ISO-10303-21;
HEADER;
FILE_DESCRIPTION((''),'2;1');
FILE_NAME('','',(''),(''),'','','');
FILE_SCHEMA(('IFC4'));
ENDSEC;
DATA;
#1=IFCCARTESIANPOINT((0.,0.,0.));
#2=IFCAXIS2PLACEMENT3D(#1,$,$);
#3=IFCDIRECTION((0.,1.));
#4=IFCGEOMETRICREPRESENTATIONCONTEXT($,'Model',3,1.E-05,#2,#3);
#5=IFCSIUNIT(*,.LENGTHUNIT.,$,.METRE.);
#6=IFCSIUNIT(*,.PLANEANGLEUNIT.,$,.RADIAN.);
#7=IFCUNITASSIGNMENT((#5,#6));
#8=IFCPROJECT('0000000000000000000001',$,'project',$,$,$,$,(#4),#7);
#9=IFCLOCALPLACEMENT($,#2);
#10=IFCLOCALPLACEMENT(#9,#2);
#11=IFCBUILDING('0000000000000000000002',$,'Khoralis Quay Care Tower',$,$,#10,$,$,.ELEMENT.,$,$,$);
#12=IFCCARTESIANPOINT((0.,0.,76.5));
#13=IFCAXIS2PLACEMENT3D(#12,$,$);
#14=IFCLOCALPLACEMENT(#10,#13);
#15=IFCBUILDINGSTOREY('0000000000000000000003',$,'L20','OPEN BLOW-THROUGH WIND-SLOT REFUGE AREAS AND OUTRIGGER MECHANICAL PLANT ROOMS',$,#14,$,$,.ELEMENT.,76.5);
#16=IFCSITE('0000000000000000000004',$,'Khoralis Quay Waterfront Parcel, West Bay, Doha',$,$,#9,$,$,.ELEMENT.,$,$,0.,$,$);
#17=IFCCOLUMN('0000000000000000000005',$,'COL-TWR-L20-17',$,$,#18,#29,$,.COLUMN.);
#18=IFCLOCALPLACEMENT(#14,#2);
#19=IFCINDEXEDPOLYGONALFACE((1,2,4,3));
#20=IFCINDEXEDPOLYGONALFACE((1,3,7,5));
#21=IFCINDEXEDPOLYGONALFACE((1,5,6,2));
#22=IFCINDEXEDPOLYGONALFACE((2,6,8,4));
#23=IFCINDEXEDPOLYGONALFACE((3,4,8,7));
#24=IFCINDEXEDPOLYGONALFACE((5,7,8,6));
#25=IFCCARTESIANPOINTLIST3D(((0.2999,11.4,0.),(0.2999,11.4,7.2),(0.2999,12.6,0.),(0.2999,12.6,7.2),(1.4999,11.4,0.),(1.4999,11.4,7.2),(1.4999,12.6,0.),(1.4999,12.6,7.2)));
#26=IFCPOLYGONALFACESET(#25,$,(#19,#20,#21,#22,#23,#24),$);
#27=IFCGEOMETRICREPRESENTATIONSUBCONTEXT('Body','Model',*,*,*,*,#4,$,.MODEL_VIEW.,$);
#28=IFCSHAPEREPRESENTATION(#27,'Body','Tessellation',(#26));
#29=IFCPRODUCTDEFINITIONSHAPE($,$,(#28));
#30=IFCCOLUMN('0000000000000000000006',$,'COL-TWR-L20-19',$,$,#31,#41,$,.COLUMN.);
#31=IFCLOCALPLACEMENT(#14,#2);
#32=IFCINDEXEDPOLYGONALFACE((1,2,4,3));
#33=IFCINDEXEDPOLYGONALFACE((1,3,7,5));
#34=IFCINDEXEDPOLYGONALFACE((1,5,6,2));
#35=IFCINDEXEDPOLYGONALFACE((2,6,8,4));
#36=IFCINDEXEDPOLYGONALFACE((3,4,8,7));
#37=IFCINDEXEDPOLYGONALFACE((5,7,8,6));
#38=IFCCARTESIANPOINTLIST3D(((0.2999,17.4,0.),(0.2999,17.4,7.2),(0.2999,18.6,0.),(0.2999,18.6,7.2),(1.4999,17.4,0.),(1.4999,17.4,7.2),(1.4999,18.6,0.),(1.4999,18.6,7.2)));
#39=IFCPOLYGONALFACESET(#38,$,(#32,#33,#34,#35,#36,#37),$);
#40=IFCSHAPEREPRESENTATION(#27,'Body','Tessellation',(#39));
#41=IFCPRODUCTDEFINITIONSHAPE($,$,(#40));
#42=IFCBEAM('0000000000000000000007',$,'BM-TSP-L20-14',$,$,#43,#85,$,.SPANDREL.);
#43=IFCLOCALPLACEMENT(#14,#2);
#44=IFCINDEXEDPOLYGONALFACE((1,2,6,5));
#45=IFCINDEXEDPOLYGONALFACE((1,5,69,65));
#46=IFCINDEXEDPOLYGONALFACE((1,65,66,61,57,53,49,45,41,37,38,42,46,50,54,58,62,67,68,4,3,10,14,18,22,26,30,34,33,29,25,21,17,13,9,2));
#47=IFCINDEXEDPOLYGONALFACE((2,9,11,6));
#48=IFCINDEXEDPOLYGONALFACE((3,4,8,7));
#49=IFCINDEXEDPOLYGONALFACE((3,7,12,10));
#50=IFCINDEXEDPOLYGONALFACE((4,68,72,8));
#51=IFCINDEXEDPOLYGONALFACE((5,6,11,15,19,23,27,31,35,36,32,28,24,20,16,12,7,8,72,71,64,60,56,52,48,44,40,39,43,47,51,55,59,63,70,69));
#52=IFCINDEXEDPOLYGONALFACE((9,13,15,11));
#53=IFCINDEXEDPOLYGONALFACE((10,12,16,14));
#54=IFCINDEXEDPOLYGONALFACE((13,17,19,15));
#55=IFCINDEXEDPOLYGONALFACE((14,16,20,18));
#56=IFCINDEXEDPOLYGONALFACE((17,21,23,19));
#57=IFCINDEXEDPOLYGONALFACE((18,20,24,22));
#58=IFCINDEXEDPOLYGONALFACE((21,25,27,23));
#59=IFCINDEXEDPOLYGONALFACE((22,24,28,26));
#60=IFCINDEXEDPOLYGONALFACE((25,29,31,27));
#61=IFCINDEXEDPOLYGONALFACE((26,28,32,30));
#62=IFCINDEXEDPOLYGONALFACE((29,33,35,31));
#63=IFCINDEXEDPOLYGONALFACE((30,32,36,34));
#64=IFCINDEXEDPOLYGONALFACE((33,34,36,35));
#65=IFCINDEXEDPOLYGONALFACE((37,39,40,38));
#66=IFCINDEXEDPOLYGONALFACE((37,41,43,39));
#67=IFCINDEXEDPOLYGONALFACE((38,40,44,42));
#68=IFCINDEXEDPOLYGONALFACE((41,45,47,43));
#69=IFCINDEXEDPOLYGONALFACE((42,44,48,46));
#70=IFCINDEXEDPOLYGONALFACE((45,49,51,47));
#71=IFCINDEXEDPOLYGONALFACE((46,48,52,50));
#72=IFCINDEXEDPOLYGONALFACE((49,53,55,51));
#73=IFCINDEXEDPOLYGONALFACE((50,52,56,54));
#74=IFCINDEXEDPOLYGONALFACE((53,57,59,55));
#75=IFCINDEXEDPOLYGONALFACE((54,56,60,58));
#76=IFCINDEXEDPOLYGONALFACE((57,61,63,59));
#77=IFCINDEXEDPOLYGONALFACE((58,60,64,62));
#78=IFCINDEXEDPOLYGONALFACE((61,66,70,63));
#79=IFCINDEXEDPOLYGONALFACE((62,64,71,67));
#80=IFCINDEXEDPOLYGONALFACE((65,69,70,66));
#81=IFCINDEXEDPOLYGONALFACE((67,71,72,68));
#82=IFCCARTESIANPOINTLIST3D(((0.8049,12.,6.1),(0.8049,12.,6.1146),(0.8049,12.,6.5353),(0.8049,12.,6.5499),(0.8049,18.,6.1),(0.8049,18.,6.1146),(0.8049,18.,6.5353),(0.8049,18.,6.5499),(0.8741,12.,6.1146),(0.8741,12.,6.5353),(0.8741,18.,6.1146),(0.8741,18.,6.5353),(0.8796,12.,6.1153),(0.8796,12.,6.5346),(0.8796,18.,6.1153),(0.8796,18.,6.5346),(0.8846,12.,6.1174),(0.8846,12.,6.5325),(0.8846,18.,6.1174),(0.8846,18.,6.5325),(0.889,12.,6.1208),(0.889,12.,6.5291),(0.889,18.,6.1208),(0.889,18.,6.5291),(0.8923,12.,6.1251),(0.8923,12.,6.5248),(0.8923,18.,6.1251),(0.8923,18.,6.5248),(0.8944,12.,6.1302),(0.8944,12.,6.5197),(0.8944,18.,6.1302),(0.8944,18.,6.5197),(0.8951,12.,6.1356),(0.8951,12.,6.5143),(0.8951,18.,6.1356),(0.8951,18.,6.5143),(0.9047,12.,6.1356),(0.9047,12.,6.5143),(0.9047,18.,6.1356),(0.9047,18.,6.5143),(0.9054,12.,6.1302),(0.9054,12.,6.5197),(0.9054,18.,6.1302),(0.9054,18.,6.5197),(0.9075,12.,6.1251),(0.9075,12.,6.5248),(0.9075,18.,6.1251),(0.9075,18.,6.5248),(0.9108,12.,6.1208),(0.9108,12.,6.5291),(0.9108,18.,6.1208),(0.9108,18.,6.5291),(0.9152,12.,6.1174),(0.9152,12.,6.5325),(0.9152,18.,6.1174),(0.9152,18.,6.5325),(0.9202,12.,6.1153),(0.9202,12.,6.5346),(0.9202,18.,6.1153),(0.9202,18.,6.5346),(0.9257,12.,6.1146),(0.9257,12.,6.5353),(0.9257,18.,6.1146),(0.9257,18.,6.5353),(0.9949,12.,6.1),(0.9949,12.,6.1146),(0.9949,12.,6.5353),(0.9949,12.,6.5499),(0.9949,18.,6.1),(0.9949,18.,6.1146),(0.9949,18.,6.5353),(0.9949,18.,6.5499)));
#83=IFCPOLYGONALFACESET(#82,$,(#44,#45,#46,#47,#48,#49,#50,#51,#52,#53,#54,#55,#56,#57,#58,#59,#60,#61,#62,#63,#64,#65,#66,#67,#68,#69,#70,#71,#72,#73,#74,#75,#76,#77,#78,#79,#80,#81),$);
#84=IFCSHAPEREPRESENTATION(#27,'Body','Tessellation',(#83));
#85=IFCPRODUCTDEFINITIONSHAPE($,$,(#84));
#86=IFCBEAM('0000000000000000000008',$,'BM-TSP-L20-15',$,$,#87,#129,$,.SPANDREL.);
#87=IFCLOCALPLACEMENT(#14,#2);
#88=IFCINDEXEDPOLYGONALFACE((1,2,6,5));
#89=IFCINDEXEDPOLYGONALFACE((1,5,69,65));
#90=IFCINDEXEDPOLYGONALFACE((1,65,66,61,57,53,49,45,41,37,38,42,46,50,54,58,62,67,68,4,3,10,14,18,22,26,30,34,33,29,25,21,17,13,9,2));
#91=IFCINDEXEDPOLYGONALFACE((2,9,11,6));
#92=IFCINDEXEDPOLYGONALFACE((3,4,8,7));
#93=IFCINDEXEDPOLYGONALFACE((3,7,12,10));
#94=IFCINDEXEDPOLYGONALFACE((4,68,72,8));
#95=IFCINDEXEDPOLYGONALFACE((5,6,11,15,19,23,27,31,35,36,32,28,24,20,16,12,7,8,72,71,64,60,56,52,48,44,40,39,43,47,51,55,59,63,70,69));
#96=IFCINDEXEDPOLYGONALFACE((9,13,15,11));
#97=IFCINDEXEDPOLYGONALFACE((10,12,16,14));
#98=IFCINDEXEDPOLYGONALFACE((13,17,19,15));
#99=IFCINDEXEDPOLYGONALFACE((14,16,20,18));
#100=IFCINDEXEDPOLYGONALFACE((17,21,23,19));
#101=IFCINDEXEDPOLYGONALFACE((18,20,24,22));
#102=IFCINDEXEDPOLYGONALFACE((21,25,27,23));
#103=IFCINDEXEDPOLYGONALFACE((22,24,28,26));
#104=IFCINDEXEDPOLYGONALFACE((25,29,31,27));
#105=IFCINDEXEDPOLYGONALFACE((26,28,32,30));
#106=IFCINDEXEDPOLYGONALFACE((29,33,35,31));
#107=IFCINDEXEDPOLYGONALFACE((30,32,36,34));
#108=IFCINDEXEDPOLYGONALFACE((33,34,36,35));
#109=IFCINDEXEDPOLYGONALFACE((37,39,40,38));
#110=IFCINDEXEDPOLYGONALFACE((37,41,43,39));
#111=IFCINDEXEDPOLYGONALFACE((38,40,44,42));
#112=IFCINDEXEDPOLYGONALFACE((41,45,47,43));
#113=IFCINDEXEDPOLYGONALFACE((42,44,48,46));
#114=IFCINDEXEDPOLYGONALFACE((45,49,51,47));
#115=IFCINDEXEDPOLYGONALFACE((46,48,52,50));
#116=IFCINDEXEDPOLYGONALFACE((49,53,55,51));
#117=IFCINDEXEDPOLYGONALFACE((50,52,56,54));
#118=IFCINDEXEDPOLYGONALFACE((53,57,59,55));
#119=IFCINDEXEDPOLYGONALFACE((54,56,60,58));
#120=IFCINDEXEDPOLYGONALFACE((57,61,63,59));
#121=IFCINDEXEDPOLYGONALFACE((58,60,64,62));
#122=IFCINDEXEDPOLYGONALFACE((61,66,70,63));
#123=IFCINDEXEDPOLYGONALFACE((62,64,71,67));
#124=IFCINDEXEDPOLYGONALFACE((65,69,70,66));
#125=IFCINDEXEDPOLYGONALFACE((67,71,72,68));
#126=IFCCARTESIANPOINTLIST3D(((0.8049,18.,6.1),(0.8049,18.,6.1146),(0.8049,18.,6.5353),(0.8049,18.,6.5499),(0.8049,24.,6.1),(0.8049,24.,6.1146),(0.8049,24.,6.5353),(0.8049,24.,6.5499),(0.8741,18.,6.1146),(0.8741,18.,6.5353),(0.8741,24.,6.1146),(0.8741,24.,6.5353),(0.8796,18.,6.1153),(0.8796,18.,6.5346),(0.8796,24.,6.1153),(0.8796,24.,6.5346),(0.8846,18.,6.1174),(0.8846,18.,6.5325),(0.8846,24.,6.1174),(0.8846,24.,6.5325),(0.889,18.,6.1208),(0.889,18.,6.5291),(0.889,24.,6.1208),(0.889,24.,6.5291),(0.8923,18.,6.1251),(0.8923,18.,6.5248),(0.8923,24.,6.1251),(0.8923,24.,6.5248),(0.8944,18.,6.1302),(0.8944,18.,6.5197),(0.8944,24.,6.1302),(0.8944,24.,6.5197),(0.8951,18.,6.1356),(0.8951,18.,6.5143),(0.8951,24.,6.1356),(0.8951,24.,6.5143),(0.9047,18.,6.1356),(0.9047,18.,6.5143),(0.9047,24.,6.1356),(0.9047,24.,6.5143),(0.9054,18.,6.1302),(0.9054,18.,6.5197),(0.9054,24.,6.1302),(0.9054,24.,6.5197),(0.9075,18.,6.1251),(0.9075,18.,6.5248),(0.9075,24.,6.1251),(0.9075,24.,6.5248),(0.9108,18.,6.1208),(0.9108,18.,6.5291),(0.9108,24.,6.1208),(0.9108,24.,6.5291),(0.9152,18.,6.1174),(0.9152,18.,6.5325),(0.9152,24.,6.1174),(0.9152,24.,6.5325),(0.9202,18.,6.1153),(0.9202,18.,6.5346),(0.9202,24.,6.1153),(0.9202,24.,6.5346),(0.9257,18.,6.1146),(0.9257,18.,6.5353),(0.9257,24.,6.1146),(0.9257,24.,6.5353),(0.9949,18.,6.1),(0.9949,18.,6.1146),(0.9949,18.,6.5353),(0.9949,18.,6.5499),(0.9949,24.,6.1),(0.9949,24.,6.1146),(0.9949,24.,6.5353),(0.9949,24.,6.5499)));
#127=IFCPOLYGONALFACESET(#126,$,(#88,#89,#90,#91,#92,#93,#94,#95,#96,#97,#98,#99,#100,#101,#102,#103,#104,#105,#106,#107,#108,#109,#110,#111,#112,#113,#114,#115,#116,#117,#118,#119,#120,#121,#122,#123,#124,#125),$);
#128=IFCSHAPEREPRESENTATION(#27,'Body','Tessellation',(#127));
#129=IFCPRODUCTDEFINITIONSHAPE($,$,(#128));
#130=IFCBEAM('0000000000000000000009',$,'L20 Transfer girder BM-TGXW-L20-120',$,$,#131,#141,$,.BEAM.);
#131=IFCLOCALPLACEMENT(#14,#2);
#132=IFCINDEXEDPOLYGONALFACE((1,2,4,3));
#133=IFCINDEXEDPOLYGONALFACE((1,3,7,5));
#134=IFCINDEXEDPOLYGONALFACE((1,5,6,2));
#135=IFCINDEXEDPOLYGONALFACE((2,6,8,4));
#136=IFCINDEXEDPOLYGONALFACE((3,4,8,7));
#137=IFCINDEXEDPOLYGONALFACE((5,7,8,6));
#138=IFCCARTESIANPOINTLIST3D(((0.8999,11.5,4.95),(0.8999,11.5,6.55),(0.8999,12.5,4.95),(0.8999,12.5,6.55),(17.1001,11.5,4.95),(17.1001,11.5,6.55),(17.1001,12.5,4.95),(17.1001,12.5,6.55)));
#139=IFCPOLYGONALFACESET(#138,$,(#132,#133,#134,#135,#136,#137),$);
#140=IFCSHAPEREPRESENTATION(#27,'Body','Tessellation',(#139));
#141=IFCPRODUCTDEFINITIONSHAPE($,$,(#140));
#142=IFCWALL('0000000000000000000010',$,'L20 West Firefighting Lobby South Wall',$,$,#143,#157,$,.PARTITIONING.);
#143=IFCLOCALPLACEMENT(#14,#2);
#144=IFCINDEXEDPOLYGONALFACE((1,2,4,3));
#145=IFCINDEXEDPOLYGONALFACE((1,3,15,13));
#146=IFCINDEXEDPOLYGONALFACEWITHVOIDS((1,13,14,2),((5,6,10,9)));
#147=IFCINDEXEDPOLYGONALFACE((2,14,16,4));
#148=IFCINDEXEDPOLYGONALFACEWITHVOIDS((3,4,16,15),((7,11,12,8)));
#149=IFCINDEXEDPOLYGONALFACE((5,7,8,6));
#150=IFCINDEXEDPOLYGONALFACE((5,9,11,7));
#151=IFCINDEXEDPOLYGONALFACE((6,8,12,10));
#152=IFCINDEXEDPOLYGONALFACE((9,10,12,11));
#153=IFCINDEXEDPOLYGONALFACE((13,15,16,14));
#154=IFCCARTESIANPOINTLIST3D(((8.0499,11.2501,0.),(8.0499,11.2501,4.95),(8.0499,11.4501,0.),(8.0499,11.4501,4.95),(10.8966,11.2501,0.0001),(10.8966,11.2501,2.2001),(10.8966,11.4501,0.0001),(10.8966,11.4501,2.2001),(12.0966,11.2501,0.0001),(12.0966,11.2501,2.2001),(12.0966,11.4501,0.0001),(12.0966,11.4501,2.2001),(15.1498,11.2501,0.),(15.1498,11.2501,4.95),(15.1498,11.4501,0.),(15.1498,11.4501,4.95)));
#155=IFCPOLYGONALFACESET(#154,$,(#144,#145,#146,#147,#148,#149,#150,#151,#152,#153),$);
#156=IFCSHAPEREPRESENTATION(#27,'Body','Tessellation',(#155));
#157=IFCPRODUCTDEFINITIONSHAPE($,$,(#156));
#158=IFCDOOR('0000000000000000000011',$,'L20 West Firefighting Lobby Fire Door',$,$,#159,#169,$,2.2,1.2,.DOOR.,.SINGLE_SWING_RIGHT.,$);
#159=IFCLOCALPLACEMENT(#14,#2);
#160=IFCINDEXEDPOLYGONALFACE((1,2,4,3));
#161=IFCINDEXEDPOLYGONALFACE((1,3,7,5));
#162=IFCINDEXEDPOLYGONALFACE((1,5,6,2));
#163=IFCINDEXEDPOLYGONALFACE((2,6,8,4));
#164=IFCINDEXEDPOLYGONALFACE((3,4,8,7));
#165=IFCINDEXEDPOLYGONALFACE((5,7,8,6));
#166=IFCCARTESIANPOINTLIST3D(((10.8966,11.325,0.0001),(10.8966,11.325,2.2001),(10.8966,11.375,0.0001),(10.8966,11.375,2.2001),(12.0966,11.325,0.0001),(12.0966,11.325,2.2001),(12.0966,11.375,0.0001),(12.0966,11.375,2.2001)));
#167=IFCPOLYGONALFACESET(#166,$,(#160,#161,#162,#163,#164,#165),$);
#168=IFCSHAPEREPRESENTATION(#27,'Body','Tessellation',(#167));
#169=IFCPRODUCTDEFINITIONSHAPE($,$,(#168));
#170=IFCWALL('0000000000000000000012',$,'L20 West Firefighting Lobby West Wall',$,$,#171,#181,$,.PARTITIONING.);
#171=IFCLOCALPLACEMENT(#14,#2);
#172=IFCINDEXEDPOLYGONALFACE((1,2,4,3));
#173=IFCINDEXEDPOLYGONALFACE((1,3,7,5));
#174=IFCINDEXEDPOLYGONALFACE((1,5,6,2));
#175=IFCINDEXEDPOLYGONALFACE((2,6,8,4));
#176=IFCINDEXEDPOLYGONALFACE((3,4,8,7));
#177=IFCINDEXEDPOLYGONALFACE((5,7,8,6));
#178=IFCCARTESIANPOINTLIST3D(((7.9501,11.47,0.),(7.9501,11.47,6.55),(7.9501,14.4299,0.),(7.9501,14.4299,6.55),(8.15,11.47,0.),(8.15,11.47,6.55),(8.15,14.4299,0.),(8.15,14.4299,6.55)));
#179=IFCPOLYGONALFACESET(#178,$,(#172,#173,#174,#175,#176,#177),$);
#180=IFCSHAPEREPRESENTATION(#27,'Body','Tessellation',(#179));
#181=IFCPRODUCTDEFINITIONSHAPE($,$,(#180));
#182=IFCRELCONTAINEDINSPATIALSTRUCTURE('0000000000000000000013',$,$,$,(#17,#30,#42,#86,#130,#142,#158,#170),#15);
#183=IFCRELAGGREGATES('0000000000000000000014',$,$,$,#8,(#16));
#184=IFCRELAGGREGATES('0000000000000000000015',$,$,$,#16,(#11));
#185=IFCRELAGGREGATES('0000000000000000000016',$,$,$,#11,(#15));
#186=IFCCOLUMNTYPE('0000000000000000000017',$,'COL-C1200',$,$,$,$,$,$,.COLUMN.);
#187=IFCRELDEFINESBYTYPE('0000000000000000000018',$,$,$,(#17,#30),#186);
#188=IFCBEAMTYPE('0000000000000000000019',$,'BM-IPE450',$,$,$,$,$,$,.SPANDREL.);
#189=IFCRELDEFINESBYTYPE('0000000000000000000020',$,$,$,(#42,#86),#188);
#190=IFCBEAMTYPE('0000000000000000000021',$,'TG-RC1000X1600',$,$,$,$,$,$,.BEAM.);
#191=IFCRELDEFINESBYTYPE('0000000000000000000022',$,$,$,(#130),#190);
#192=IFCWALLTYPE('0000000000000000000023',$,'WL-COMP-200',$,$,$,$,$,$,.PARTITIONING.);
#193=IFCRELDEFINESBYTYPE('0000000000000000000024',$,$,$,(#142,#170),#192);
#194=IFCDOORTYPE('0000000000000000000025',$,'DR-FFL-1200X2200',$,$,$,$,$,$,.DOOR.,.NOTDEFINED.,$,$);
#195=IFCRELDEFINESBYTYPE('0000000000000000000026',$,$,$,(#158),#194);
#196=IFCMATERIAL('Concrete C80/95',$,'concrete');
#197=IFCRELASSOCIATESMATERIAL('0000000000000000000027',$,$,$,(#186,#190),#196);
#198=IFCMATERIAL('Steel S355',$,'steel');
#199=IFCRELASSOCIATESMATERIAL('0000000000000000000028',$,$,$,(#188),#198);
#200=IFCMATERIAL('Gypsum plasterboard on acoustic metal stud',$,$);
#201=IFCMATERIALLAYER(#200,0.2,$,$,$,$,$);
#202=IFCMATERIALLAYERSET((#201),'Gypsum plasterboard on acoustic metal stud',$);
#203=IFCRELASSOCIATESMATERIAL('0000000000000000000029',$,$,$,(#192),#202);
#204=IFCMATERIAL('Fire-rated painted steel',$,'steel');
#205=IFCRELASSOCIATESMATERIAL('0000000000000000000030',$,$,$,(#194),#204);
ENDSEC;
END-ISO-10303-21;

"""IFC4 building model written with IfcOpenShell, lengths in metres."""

from ifc_helpers import new_model, si_unit, direction, frame, frame_2d, origin, origin_2d, place, context, subcontext, project, spatial, rectangle, i_section, extrude, source, transform, mapped, material, layer, layer_set, material_profile, profile_set, type_object, element, fill, save


model = new_model("IFC4")

# Units and contexts
model_context = context("Model", 3, precision=1e-05, world=origin(), true_north=direction((0.0, 1.0)))
body_context = subcontext(model_context, "Body", "Model", "MODEL_VIEW")
ifc_project = project(units=[si_unit("LENGTHUNIT", "METRE"), si_unit("PLANEANGLEUNIT", "RADIAN")], contexts=[model_context])

# Site, building, storey
site_placement = place(None, origin())
site = spatial("IfcSite", under=ifc_project, at=site_placement, Name="Khoralis Quay Waterfront Parcel, West Bay, Doha", CompositionType="ELEMENT", RefElevation=0.0)
building_placement = place(site_placement, origin())
building = spatial("IfcBuilding", under=site, at=building_placement, Name="Khoralis Quay Care Tower", CompositionType="ELEMENT")
storey_placement = place(building_placement, frame((0.0, 0.0, 76.5)))
storey = spatial("IfcBuildingStorey", under=building, at=storey_placement, Name="L20", Description="OPEN BLOW-THROUGH WIND-SLOT REFUGE AREAS AND OUTRIGGER MECHANICAL PLANT ROOMS", CompositionType="ELEMENT", Elevation=76.5)

# Columns
ifc_material_1 = material(Name="Concrete C80/95", Category="concrete")
ifc_material_profile_1 = material_profile(ifc_material_1, rectangle(XDim=1.2, YDim=1.2, at=origin_2d()), Name="Concrete C80/95")
ifc_profile_set_1 = profile_set([ifc_material_profile_1], Name="Concrete C80/95")
column_type = type_object("IfcColumnType", Name="COL-C1200", PredefinedType="COLUMN", material=ifc_profile_set_1)
shared_shape_1 = source(origin(), body_context, "Body", "SweptSolid", [
    extrude(rectangle(XDim=1.2, YDim=1.2, at=origin_2d()), origin(), (0.0, 0.0, 1.0), 7.2),
])
for number, where, z_axis, x_axis, name in (
    (1, (0.8999, 12.0, 0.0), (0.0, 0.0, 1.0), (1.0, 0.0, 0.0), "COL-TWR-L20-17"),
    (2, (0.8999, 18.0, 0.0), (0.0, 0.0, 1.0), (1.0, 0.0, 0.0), "COL-TWR-L20-19"),
):
    element("IfcColumn", number, at=place(storey_placement, frame(where, z_axis=z_axis, x_axis=x_axis)), inside=storey, type_object=column_type, Name=name, PredefinedType="COLUMN", context=body_context, shape_type="MappedRepresentation", body=[
        mapped(shared_shape_1, transform((0.0, 0.0, 0.0), scale=1.0)),
    ])

# Beams
ifc_material_2 = material(Name="Steel S355", Category="steel")
ifc_material_profile_2 = material_profile(ifc_material_2, i_section(OverallWidth=0.1899, OverallDepth=0.45, WebThickness=0.0095, FlangeThickness=0.0146, FilletRadius=0.021, at=origin_2d()), Name="Steel S355")
ifc_profile_set_2 = profile_set([ifc_material_profile_2], Name="Steel S355")
beam_type_1 = type_object("IfcBeamType", Name="BM-IPE450", PredefinedType="SPANDREL", material=ifc_profile_set_2)
shared_shape_2 = source(origin(), body_context, "Body", "SweptSolid", [
    extrude(i_section(OverallWidth=0.1899, OverallDepth=0.45, WebThickness=0.0095, FlangeThickness=0.0146, FilletRadius=0.021, at=origin_2d()), origin(), (0.0, 0.0, 1.0), 6.0),
])
for number, where, z_axis, x_axis, name in (
    (3, (0.8999, 12.0, 6.325), (0.0, 1.0, 0.0), (-1.0, 0.0, 0.0), "BM-TSP-L20-14"),
    (4, (0.8999, 18.0, 6.325), (0.0, 1.0, 0.0), (-1.0, 0.0, 0.0), "BM-TSP-L20-15"),
):
    element("IfcBeam", number, at=place(storey_placement, frame(where, z_axis=z_axis, x_axis=x_axis)), inside=storey, type_object=beam_type_1, Name=name, PredefinedType="SPANDREL", context=body_context, shape_type="MappedRepresentation", body=[
        mapped(shared_shape_2, transform((0.0, 0.0, 0.0), scale=1.0)),
    ])
ifc_material_profile_3 = material_profile(ifc_material_1, rectangle(XDim=1.0, YDim=1.6001, at=origin_2d()), Name="Concrete C80/95")
ifc_profile_set_3 = profile_set([ifc_material_profile_3], Name="Concrete C80/95")
beam_type_2 = type_object("IfcBeamType", Name="TG-RC1000X1600", PredefinedType="BEAM", material=ifc_profile_set_3)
shared_shape_3 = source(origin(), body_context, "Body", "SweptSolid", [
    extrude(rectangle(XDim=1.0, YDim=1.6001, at=origin_2d()), origin(), (0.0, 0.0, 1.0), 16.2002),
])
beam_placement = place(storey_placement, frame((0.8999, 12.0, 5.75), z_axis=(1.0, 0.0, 0.0), x_axis=(0.0, 1.0, 0.0)))
element("IfcBeam", 5, at=beam_placement, inside=storey, type_object=beam_type_2, Name="L20 Transfer girder BM-TGXW-L20-120", PredefinedType="BEAM", context=body_context, shape_type="MappedRepresentation", body=[
    mapped(shared_shape_3, transform((0.0, 0.0, 0.0), scale=1.0)),
])

# Wall, opening, door
ifc_material_3 = material(Name="Gypsum plasterboard on acoustic metal stud")
ifc_layer_1 = layer(ifc_material_3, 0.2)
ifc_layer_set_1 = layer_set([ifc_layer_1], Name="Gypsum plasterboard on acoustic metal stud")
wall_type_1 = type_object("IfcWallType", Name="WL-COMP-200", PredefinedType="PARTITIONING", material=ifc_layer_set_1)
wall_1_placement = place(storey_placement, frame((8.05, 11.3501, 0.0), z_axis=(0.0, 0.0, 1.0), x_axis=(1.0, 0.0, 0.0)))
wall_1 = element("IfcWall", 6, at=wall_1_placement, inside=storey, type_object=wall_type_1, Name="L20 West Firefighting Lobby South Wall", PredefinedType="PARTITIONING", context=body_context, shape_type="SweptSolid", body=[
    extrude(rectangle(XDim=7.0999, YDim=0.2, at=frame_2d((3.5498, 0.0))), origin(), (0.0, 0.0, 1.0), 4.95),
])
opening_1_placement = place(wall_1_placement, frame((2.8464, 0.0, 0.0)))
opening_1 = element("IfcOpeningElement", 7, at=opening_1_placement, cuts=wall_1, PredefinedType="OPENING", context=body_context, shape_type="SweptSolid", body=[
    extrude(rectangle(XDim=1.2, YDim=2.2, at=frame_2d((0.6001, 1.1001))), frame((0.0, 0.1099, 0.0), z_axis=(0.0, -1.0, 0.0), x_axis=(1.0, 0.0, 0.0)), (0.0, 0.0, 1.0), 0.22),
])
ifc_material_4 = material(Name="Fire-rated painted steel", Category="steel")
door_type_1 = type_object("IfcDoorType", Name="DR-FFL-1200X2200", OperationType="NOTDEFINED", PredefinedType="DOOR", material=ifc_material_4)
shared_shape_4 = source(origin(), body_context, "Body", "SweptSolid", [
    extrude(rectangle(XDim=1.2, YDim=2.2, at=frame_2d((0.6001, 1.1001))), frame((0.0, 0.0249, 0.0), z_axis=(0.0, -1.0, 0.0), x_axis=(1.0, 0.0, 0.0)), (0.0, 0.0, 1.0), 0.05),
])
door_1_placement = place(opening_1_placement, origin())
door_1 = element("IfcDoor", 8, at=door_1_placement, inside=storey, type_object=door_type_1, Name="L20 West Firefighting Lobby Fire Door", OperationType="SINGLE_SWING_RIGHT", OverallHeight=2.2, OverallWidth=1.2, PredefinedType="DOOR", context=body_context, shape_type="MappedRepresentation", body=[
    mapped(shared_shape_4, transform((0.0, 0.0, 0.0), scale=1.0)),
])
fill(opening_1, door_1)

# Wall
wall_2_placement = place(storey_placement, frame((8.05, 11.47, 0.0), z_axis=(0.0, 0.0, 1.0), x_axis=(0.0, 1.0, 0.0)))
element("IfcWall", 9, at=wall_2_placement, inside=storey, type_object=wall_type_1, Name="L20 West Firefighting Lobby West Wall", PredefinedType="PARTITIONING", context=body_context, shape_type="SweptSolid", body=[
    extrude(rectangle(XDim=2.96, YDim=0.2, at=frame_2d((1.48, 0.0))), origin(), (0.0, 0.0, 1.0), 6.55),
])

save(model, "model.ifc")
